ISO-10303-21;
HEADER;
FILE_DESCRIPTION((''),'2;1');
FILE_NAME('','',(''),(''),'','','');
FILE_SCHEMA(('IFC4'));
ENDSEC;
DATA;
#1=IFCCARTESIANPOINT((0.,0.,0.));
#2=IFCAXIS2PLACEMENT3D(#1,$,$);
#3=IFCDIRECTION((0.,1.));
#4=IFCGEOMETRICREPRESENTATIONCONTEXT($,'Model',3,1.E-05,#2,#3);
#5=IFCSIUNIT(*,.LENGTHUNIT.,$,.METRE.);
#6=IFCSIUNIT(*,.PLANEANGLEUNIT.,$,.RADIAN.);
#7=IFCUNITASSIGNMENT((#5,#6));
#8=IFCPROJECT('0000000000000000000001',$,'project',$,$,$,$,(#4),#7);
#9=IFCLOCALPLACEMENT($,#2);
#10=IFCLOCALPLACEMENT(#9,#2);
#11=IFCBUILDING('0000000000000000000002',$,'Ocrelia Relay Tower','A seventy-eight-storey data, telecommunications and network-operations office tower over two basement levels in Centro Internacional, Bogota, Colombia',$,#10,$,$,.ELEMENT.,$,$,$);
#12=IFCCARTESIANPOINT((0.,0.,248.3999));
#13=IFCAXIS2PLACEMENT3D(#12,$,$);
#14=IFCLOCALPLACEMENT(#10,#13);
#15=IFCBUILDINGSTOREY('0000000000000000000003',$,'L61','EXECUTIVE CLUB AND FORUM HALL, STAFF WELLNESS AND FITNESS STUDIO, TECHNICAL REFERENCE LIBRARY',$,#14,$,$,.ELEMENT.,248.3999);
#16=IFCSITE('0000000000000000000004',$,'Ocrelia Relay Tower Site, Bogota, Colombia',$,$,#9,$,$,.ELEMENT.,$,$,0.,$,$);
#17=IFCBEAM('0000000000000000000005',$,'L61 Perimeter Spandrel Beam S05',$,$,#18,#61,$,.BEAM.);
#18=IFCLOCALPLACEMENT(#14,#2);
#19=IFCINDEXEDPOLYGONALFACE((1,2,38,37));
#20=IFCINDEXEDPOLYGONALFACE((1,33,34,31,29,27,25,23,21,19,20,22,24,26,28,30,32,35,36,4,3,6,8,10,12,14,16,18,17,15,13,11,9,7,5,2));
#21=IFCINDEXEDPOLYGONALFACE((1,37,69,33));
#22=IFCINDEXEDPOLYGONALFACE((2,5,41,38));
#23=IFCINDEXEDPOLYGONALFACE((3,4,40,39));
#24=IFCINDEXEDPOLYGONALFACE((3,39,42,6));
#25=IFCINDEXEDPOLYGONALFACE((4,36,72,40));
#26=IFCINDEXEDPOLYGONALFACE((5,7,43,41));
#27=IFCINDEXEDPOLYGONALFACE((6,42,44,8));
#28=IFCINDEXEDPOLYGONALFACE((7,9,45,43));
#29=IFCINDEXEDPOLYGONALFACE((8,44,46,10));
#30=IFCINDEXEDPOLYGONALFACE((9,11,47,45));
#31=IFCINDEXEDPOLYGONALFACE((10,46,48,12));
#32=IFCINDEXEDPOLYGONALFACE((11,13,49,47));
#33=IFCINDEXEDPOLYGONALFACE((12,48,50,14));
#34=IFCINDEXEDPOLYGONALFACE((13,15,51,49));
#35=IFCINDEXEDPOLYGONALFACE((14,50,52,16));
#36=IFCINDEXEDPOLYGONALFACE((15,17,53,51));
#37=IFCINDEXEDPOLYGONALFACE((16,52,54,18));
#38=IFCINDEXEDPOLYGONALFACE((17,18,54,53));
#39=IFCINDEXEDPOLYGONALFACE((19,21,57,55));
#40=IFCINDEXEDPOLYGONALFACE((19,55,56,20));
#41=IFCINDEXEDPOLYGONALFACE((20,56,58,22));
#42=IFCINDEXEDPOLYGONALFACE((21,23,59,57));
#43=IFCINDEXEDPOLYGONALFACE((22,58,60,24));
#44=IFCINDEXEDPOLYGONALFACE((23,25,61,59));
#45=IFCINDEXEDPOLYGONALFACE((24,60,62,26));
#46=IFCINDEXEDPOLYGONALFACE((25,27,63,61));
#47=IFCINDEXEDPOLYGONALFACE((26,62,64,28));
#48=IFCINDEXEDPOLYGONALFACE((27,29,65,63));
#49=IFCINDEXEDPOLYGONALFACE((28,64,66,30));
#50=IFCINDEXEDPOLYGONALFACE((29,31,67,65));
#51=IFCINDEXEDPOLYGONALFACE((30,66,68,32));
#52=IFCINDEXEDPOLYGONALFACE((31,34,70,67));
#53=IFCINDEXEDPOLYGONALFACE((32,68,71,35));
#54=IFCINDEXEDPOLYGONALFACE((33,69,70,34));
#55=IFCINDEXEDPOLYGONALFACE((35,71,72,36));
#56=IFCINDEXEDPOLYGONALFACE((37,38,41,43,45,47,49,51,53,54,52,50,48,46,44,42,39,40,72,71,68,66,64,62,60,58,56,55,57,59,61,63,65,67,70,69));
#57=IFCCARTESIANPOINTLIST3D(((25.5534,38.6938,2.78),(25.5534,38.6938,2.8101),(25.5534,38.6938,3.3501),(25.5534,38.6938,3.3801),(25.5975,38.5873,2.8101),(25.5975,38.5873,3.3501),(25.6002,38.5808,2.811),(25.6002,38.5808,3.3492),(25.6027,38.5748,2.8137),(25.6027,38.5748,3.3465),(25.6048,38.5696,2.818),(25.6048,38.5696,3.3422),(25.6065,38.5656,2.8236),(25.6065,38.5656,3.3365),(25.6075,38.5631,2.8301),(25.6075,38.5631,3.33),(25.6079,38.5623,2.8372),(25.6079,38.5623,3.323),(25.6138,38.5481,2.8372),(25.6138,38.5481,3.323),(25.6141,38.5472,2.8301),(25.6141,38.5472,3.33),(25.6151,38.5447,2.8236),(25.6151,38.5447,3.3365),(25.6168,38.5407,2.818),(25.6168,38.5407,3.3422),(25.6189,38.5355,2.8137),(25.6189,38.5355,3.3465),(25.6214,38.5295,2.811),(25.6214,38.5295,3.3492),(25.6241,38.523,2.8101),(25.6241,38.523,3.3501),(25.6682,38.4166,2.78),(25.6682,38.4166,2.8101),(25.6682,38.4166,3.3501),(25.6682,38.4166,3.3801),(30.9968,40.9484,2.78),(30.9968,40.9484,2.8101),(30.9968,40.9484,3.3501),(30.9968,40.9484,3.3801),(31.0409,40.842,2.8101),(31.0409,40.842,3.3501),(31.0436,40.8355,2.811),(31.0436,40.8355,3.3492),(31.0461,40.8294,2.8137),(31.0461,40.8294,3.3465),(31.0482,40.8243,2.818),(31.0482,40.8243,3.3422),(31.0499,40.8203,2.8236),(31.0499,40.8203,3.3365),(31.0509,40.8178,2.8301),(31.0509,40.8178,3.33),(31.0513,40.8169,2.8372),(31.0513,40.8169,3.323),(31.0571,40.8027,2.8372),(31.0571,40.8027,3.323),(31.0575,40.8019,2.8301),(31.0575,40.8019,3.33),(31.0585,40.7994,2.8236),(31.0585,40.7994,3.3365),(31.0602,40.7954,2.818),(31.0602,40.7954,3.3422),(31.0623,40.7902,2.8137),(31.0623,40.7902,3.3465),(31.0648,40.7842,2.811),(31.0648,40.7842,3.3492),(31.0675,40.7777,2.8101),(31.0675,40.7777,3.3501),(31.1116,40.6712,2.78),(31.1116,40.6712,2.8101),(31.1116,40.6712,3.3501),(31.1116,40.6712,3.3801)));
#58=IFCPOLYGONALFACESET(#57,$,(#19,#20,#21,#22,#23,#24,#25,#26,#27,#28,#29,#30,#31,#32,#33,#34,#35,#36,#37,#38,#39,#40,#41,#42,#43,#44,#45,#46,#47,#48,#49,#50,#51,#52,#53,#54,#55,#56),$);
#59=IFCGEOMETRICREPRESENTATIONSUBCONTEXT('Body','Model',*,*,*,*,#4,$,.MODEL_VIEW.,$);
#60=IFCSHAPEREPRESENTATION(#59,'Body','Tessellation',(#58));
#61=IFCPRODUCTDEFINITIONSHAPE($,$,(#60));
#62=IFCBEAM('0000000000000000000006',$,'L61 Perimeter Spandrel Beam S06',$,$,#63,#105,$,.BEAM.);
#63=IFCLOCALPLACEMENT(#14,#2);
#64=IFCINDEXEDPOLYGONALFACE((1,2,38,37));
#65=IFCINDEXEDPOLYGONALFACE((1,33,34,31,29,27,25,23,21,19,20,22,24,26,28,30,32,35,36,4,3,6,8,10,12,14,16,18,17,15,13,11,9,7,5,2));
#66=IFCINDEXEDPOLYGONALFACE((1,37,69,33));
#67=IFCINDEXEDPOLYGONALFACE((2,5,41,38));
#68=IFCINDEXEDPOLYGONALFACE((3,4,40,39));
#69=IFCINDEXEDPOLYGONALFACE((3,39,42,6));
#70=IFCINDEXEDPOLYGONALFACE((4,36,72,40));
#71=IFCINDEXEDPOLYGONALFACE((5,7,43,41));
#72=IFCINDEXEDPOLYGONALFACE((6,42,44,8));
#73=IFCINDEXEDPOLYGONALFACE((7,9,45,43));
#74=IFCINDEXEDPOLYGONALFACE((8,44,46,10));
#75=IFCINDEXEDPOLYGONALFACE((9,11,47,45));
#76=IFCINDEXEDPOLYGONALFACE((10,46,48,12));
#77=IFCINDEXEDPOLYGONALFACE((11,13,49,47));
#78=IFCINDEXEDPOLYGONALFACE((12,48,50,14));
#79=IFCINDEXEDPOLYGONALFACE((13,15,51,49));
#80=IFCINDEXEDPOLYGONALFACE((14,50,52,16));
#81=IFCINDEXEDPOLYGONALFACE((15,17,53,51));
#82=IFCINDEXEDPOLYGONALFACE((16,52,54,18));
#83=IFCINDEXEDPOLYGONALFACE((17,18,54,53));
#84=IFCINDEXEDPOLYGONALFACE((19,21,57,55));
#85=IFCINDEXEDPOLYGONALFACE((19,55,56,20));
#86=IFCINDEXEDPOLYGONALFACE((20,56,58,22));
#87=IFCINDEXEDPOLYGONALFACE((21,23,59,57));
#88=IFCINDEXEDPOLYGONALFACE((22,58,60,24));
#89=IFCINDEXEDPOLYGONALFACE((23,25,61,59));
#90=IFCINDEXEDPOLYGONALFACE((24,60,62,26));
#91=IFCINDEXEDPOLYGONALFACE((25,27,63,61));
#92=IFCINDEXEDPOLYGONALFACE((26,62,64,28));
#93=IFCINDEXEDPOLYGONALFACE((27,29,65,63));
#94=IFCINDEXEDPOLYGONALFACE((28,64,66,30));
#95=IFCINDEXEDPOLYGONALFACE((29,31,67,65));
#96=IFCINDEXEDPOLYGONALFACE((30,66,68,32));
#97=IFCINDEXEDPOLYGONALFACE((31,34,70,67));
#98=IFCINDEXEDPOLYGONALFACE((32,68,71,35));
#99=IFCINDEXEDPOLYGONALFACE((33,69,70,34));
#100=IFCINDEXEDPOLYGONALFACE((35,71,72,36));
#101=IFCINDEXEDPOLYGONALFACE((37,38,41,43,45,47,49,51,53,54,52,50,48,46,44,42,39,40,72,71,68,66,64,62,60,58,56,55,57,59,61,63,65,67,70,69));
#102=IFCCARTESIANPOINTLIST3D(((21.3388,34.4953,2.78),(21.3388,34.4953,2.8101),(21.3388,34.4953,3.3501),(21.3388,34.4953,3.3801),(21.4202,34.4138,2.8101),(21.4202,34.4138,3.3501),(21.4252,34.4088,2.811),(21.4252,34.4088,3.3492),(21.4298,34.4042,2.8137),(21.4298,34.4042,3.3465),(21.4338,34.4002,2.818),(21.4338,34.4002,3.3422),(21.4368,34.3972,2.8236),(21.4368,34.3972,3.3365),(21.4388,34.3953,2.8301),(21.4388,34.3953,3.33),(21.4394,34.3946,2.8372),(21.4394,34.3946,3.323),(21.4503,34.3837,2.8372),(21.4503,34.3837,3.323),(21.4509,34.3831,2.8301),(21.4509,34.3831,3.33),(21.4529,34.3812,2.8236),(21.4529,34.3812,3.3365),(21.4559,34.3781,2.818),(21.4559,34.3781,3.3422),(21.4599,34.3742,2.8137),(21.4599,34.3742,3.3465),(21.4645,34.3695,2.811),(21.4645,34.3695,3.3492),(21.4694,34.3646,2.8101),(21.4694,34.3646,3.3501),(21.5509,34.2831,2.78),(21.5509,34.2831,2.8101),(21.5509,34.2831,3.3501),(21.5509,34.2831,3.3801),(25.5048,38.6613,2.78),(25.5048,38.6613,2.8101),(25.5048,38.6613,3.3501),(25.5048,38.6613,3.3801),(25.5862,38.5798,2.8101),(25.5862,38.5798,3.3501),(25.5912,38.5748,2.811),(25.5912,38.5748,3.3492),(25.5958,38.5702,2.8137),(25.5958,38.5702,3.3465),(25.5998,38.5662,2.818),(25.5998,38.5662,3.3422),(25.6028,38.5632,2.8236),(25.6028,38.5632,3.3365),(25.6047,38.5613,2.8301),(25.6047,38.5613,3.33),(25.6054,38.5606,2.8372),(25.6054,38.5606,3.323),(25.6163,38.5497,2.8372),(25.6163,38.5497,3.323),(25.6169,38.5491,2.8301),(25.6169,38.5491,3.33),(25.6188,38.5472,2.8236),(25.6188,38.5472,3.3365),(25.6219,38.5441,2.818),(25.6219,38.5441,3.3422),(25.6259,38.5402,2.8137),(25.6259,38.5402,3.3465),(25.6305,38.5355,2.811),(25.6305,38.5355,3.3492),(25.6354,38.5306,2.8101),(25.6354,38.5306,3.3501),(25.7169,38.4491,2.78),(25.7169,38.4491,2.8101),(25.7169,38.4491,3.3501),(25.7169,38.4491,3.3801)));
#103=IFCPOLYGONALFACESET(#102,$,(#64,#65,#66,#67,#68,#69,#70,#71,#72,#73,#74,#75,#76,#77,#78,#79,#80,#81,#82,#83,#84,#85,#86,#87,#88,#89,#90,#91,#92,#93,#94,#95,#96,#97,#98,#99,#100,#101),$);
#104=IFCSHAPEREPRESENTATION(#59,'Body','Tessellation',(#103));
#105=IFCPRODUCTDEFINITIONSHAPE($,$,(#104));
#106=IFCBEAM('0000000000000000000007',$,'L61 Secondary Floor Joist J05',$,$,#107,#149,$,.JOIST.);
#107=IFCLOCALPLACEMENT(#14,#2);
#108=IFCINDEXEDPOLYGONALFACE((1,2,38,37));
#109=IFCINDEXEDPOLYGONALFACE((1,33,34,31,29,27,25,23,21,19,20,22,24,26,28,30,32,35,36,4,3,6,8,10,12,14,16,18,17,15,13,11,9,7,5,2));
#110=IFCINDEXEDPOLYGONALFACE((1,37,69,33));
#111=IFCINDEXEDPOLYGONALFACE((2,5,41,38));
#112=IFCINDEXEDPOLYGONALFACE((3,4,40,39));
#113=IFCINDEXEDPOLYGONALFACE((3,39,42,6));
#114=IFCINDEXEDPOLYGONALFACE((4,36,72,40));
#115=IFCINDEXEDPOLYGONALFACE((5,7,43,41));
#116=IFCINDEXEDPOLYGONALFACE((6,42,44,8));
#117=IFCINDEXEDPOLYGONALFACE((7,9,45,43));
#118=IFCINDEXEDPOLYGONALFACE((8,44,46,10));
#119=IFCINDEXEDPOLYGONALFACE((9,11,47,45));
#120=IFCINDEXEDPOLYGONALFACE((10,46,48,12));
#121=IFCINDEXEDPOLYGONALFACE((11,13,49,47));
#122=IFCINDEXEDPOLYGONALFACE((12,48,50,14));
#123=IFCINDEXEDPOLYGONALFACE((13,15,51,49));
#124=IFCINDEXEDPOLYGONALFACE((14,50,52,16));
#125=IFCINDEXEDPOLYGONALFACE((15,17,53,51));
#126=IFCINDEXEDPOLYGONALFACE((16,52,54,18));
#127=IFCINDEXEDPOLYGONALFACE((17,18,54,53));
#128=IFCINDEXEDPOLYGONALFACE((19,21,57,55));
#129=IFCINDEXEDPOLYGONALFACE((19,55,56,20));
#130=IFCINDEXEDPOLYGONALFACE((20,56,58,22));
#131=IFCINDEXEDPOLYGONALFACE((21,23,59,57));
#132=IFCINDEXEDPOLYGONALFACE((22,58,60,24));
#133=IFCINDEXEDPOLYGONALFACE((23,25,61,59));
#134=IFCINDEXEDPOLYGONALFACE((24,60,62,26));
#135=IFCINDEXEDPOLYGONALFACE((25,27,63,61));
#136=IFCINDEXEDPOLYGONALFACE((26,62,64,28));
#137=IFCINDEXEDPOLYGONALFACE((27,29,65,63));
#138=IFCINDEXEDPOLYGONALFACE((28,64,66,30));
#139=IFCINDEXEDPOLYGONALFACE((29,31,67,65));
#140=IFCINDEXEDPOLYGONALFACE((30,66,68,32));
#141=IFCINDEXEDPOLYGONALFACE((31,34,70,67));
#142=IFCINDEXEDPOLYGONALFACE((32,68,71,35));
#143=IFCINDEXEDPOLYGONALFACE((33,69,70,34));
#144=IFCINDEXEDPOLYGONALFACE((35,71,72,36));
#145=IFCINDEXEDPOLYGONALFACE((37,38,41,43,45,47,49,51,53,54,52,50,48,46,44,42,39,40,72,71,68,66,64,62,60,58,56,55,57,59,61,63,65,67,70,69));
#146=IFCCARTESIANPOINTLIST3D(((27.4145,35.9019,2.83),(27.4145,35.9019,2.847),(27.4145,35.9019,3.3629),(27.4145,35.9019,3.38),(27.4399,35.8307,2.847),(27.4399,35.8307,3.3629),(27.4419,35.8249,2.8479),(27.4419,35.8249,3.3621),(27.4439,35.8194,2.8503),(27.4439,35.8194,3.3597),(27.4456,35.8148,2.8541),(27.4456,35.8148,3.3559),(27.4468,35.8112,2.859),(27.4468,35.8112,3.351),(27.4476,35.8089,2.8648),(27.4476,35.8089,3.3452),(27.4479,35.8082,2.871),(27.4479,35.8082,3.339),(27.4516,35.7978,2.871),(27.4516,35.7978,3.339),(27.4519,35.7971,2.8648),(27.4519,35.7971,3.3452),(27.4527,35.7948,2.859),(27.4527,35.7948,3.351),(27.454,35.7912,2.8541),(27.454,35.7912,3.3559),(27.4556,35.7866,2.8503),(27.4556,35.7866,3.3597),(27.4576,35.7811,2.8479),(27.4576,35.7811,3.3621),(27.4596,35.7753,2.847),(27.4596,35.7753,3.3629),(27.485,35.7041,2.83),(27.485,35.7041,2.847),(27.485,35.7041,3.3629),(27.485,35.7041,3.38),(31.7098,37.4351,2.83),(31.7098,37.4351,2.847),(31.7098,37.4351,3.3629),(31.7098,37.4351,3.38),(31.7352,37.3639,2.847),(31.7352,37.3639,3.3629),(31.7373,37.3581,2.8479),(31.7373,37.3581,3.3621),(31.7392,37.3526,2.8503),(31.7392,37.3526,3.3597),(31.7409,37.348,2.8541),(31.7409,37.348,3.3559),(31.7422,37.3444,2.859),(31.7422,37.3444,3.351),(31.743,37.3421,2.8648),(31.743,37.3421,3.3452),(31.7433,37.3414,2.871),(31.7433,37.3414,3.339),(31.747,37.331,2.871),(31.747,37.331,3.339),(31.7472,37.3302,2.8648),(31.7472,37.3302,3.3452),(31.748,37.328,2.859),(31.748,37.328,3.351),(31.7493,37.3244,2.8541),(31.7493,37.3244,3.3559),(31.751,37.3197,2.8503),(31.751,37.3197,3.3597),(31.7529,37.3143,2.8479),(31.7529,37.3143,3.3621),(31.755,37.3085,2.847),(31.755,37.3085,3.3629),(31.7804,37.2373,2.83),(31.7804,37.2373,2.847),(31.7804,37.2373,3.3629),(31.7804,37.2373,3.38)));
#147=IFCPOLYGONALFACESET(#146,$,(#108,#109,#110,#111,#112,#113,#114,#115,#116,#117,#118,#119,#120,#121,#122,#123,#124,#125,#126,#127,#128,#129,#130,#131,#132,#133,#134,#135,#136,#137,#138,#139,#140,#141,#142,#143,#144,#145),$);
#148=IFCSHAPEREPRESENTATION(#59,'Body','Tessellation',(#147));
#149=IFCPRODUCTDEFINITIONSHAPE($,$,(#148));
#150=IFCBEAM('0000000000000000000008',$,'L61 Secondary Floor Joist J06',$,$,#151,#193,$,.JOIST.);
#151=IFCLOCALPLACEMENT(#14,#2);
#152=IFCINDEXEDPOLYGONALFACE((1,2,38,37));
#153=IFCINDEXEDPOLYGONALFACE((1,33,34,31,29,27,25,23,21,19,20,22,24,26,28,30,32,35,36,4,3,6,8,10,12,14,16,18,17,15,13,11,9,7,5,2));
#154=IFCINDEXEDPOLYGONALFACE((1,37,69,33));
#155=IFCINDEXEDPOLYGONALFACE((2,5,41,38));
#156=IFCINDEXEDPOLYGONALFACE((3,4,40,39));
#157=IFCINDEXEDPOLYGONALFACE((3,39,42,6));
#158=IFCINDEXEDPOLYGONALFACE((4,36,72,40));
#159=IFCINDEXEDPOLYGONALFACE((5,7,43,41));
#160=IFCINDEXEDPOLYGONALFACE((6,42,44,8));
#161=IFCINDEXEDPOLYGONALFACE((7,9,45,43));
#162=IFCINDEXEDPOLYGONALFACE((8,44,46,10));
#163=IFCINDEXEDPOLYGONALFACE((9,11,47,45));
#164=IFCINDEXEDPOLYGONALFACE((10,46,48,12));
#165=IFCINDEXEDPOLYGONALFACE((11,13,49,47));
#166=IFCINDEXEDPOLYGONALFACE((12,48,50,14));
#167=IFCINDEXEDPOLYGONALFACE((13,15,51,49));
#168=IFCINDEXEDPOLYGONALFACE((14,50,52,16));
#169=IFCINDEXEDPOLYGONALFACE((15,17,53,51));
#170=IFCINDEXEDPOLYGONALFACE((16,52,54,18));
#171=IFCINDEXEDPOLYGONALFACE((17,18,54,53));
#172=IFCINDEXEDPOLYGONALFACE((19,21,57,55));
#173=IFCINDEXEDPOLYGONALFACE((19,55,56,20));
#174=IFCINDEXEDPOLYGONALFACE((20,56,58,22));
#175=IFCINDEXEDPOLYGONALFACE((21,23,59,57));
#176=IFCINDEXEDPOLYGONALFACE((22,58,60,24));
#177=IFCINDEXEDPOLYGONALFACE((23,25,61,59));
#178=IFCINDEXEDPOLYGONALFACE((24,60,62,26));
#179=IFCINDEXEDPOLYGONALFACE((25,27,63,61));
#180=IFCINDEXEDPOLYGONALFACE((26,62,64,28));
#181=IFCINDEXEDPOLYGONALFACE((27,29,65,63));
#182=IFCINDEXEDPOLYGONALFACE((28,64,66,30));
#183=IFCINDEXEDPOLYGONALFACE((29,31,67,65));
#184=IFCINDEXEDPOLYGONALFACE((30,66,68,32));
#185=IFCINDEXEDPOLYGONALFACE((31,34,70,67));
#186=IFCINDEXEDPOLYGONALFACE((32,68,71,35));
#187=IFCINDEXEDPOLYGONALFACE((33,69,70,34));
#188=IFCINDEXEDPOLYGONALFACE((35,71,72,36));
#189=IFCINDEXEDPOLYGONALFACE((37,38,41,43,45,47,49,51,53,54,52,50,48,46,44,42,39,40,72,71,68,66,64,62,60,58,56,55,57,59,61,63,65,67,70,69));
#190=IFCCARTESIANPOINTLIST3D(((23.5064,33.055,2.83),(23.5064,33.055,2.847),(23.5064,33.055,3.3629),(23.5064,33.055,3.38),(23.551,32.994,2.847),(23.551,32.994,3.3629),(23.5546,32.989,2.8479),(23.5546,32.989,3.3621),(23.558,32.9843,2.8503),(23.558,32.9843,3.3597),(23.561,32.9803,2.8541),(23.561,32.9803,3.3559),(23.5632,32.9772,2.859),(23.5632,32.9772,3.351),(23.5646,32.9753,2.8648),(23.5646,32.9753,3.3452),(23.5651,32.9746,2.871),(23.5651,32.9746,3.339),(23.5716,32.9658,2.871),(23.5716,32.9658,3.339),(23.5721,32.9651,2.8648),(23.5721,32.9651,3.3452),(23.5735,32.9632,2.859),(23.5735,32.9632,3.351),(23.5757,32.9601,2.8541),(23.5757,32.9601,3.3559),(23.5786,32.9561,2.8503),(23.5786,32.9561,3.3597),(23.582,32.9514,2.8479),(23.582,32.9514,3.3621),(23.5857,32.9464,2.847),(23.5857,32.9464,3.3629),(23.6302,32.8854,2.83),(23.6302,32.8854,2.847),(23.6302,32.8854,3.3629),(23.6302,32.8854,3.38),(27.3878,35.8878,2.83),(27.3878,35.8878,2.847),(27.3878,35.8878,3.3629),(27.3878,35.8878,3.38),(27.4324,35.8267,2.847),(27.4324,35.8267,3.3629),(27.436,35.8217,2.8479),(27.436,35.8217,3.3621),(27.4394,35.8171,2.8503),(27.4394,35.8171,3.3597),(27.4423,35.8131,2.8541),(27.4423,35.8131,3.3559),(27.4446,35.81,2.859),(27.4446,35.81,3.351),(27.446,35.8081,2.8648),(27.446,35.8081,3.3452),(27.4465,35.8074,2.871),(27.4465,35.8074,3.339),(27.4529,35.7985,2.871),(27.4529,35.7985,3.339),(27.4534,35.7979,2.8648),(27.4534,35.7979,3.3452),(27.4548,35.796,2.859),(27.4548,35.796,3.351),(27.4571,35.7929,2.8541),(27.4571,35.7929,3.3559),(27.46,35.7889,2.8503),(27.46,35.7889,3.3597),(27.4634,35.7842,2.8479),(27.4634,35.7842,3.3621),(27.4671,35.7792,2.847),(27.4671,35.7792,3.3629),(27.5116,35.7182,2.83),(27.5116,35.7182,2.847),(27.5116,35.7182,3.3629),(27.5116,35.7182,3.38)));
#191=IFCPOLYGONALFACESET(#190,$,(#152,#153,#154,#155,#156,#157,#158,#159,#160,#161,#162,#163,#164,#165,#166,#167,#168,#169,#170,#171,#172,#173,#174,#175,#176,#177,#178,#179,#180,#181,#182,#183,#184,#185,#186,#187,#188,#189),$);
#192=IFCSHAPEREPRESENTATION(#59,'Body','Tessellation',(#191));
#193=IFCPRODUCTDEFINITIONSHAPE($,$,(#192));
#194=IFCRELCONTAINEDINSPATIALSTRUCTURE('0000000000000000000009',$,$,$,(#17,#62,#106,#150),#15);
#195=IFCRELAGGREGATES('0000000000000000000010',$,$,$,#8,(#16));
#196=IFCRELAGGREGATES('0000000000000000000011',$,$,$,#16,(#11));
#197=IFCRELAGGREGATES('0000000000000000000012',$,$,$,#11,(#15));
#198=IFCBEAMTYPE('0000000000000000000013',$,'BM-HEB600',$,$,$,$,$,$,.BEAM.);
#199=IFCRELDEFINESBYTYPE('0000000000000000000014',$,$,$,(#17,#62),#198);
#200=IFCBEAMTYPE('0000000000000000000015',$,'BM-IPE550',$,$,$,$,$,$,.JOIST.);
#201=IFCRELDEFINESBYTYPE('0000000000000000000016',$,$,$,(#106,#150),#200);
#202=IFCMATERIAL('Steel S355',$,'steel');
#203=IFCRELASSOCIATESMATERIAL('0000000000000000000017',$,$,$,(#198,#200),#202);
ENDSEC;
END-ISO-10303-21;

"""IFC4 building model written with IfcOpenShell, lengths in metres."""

from ifc_helpers import new_model, si_unit, direction, frame, origin, origin_2d, place, context, subcontext, project, spatial, i_section, extrude, material, material_profile, profile_set, type_object, element, save


model = new_model("IFC4")

# Units and contexts
model_context = context("Model", 3, precision=1e-05, world=origin(), true_north=direction((0.0, 1.0)))
body_context = subcontext(model_context, "Body", "Model", "MODEL_VIEW")
ifc_project = project(units=[si_unit("LENGTHUNIT", "METRE"), si_unit("PLANEANGLEUNIT", "RADIAN")], contexts=[model_context])

# Site, building, storey
site_placement = place(None, origin())
site = spatial("IfcSite", under=ifc_project, at=site_placement, Name="Ocrelia Relay Tower Site, Bogota, Colombia", CompositionType="ELEMENT", RefElevation=0.0)
building_placement = place(site_placement, origin())
building = spatial("IfcBuilding", under=site, at=building_placement, Name="Ocrelia Relay Tower", Description="A seventy-eight-storey data, telecommunications and network-operations office tower over two basement levels in Centro Internacional, Bogota, Colombia", CompositionType="ELEMENT")
storey_placement = place(building_placement, frame((0.0, 0.0, 248.3999)))
storey = spatial("IfcBuildingStorey", under=building, at=storey_placement, Name="L61", Description="EXECUTIVE CLUB AND FORUM HALL, STAFF WELLNESS AND FITNESS STUDIO, TECHNICAL REFERENCE LIBRARY", CompositionType="ELEMENT", Elevation=248.3999)

# Beams
ifc_material_1 = material(Name="Steel S355", Category="steel")
ifc_material_profile_1 = material_profile(ifc_material_1, i_section(OverallWidth=0.3, OverallDepth=0.6001, WebThickness=0.0154, FlangeThickness=0.03, FilletRadius=0.0271, at=origin_2d()), Name="HEB 600")
ifc_profile_set_1 = profile_set([ifc_material_profile_1], Name="Steel S355")
beam_type_1 = type_object("IfcBeamType", Name="BM-HEB600", PredefinedType="BEAM", material=ifc_profile_set_1)
beam_1_placement = place(storey_placement, frame((31.0542, 40.8098, 3.0801), z_axis=(-0.923884, -0.382673, 0.0), x_axis=(0.382673, -0.923884, 0.0)))
element("IfcBeam", 1, at=beam_1_placement, inside=storey, type_object=beam_type_1, Name="L61 Perimeter Spandrel Beam S05", PredefinedType="BEAM", context=body_context, shape_type="SweptSolid", body=[
    extrude(i_section(OverallWidth=0.3, OverallDepth=0.6001, WebThickness=0.0154, FlangeThickness=0.03, FilletRadius=0.0271, at=origin_2d()), origin(), (0.0, 0.0, 1.0), 5.8918),
])
beam_2_placement = place(storey_placement, frame((25.6108, 38.5552, 3.0801), z_axis=(-0.707107, -0.707107, 0.0), x_axis=(0.707107, -0.707107, 0.0)))
element("IfcBeam", 2, at=beam_2_placement, inside=storey, type_object=beam_type_1, Name="L61 Perimeter Spandrel Beam S06", PredefinedType="BEAM", context=body_context, shape_type="SweptSolid", body=[
    extrude(i_section(OverallWidth=0.3, OverallDepth=0.6001, WebThickness=0.0154, FlangeThickness=0.03, FilletRadius=0.0271, at=origin_2d()), origin(), (0.0, 0.0, 1.0), 5.8916),
])
ifc_material_profile_2 = material_profile(ifc_material_1, i_section(OverallWidth=0.21, OverallDepth=0.55, WebThickness=0.011, FlangeThickness=0.0171, FilletRadius=0.0239, at=origin_2d()), Name="IPE 550")
ifc_profile_set_2 = profile_set([ifc_material_profile_2], Name="Steel S355")
beam_type_2 = type_object("IfcBeamType", Name="BM-IPE550", PredefinedType="JOIST", material=ifc_profile_set_2)
beam_3_placement = place(storey_placement, frame((31.7451, 37.3362, 3.105), z_axis=(-0.941802, -0.336167, 0.0), x_axis=(0.336167, -0.941802, 0.0)))
element("IfcBeam", 3, at=beam_3_placement, inside=storey, type_object=beam_type_2, Name="L61 Secondary Floor Joist J05", PredefinedType="JOIST", context=body_context, shape_type="SweptSolid", body=[
    extrude(i_section(OverallWidth=0.21, OverallDepth=0.55, WebThickness=0.011, FlangeThickness=0.0171, FilletRadius=0.0239, at=origin_2d()), origin(), (0.0, 0.0, 1.0), 4.5608),
])
beam_4_placement = place(storey_placement, frame((27.4497, 35.803, 3.105), z_axis=(-0.807748, -0.589527, 0.0), x_axis=(0.589527, -0.807748, 0.0)))
element("IfcBeam", 4, at=beam_4_placement, inside=storey, type_object=beam_type_2, Name="L61 Secondary Floor Joist J06", PredefinedType="JOIST", context=body_context, shape_type="SweptSolid", body=[
    extrude(i_section(OverallWidth=0.21, OverallDepth=0.55, WebThickness=0.011, FlangeThickness=0.0171, FilletRadius=0.0239, at=origin_2d()), origin(), (0.0, 0.0, 1.0), 4.8052),
])

save(model, "model.ifc")
